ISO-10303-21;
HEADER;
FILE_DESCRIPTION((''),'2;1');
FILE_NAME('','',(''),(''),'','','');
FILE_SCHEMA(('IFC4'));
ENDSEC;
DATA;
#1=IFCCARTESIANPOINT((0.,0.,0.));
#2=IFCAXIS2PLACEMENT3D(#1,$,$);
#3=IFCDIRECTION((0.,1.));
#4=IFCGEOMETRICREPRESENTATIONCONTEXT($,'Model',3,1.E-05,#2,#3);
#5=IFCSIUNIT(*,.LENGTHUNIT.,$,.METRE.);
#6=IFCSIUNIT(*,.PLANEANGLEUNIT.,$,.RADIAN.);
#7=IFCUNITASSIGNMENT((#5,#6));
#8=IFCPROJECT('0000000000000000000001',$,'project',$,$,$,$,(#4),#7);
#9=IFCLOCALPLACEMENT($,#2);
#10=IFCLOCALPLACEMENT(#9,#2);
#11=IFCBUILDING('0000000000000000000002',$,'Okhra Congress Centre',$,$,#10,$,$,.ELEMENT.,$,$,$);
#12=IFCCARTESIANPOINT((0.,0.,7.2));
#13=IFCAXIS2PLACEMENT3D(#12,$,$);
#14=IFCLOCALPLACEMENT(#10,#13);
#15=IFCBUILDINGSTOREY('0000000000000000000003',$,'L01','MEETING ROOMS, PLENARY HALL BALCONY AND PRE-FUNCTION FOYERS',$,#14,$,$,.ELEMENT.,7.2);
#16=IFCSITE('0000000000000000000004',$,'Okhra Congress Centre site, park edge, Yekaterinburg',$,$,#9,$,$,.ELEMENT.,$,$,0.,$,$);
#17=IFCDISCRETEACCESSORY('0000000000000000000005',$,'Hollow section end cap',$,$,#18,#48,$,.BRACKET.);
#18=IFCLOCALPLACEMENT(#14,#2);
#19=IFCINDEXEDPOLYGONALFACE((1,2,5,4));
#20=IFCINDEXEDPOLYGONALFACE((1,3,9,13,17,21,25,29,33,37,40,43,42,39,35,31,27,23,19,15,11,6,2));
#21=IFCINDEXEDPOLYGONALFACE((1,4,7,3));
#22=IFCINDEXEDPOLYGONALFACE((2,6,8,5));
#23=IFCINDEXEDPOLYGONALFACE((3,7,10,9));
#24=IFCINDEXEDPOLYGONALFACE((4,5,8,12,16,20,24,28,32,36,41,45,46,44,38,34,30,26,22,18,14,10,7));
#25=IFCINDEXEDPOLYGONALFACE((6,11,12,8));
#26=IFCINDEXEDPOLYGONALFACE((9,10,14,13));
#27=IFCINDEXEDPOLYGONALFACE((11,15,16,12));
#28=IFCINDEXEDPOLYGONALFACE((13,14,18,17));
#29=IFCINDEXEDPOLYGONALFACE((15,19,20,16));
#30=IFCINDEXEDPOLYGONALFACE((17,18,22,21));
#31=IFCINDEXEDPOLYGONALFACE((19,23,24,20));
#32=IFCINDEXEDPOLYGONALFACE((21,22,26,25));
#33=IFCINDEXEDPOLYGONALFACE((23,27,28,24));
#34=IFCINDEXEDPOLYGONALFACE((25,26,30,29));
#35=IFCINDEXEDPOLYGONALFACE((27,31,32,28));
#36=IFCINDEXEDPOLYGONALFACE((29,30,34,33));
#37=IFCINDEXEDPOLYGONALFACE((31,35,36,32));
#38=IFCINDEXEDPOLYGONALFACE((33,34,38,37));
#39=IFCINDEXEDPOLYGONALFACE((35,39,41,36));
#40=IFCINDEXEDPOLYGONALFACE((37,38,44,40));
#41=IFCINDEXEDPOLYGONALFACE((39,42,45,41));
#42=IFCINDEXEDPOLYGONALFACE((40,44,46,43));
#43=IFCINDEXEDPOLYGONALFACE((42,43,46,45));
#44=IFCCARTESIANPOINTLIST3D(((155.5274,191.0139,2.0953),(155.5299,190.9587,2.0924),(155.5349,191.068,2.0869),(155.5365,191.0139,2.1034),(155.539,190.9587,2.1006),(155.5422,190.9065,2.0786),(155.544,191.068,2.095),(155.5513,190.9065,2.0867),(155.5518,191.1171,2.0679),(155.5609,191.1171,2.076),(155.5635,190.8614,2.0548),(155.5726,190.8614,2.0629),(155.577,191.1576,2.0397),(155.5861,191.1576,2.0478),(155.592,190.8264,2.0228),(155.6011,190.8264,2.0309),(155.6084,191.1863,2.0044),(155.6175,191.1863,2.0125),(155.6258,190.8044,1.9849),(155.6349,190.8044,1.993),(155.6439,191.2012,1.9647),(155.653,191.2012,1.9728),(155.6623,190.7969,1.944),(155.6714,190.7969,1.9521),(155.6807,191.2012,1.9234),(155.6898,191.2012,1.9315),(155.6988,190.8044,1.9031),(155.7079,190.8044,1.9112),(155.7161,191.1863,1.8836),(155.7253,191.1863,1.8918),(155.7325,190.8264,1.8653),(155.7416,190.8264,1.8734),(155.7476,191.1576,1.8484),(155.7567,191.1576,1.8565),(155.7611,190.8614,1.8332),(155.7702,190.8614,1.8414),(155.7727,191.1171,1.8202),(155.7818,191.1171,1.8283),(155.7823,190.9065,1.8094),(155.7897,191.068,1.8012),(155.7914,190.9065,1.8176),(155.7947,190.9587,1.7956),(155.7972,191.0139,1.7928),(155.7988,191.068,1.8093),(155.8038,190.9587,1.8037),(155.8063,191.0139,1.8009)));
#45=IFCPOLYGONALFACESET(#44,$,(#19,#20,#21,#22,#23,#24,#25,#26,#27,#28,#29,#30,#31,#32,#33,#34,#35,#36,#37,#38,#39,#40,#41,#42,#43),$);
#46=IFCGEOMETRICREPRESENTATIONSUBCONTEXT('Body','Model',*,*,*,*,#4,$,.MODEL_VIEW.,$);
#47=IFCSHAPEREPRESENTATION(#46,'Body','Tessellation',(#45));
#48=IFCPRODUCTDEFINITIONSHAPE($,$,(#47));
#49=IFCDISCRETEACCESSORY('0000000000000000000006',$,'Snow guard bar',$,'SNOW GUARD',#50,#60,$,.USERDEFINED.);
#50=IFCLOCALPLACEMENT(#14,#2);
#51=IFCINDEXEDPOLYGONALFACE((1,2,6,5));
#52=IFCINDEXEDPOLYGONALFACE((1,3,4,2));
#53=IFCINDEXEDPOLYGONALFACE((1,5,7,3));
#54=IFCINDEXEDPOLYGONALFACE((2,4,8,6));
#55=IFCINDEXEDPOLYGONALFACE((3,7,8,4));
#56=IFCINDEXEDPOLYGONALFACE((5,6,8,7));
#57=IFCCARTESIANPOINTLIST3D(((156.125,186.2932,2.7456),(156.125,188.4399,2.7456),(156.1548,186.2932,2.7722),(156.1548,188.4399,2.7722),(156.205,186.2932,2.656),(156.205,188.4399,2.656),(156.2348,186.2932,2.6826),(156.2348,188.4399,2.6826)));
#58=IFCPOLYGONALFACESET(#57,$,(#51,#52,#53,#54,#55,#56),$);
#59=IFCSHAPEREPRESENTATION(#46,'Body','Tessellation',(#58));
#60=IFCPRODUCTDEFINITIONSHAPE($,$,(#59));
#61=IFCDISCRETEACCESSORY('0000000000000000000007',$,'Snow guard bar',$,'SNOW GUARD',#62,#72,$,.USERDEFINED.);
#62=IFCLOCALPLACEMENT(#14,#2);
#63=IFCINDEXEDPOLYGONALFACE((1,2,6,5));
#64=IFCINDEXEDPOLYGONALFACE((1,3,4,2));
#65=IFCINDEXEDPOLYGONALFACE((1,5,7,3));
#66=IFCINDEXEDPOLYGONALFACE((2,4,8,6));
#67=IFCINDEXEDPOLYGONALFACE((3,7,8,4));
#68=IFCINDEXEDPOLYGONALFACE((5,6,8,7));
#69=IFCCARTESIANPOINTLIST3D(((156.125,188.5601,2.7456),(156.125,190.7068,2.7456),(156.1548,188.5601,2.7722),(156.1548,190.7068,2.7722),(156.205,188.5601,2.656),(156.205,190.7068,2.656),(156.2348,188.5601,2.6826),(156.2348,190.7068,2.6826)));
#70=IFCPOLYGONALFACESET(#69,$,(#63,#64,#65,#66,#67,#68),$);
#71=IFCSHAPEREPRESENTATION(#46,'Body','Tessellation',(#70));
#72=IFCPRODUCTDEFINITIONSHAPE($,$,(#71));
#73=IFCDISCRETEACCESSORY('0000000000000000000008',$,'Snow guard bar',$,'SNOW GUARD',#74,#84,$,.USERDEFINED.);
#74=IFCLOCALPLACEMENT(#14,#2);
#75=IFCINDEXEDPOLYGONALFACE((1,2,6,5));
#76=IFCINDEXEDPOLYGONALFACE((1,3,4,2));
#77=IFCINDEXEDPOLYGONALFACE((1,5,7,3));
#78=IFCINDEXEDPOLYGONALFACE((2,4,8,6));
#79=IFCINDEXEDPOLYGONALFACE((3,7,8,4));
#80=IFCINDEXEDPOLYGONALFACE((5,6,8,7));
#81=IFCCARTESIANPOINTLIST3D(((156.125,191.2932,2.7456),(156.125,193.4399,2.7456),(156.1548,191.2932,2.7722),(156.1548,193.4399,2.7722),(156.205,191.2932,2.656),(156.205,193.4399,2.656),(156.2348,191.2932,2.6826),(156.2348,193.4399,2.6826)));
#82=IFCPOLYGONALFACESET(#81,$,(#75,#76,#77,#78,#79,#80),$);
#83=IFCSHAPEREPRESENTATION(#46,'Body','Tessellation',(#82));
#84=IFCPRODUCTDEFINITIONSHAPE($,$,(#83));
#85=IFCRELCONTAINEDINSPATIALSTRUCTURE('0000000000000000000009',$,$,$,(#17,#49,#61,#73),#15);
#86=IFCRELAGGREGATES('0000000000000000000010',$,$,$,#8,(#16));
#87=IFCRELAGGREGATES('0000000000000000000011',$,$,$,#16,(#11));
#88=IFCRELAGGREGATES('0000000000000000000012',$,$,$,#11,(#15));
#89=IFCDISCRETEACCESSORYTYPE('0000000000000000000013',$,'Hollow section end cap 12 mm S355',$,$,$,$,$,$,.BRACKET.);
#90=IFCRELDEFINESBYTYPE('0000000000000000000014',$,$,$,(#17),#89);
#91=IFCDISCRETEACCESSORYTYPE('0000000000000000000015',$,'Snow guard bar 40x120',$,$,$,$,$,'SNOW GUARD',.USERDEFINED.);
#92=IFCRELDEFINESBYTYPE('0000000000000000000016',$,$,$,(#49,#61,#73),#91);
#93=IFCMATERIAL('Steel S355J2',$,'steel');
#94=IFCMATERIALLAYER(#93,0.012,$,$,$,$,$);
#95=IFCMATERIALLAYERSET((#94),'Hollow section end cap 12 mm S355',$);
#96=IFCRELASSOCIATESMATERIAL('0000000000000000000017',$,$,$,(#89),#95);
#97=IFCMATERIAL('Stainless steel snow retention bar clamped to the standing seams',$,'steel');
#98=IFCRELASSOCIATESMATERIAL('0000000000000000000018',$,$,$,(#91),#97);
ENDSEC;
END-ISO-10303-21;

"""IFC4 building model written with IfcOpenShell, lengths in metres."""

from ifc_helpers import new_model, si_unit, direction, frame, origin, origin_2d, place, context, subcontext, project, spatial, polyline, circle, outline, extrude, material, layer, layer_set, type_object, element, save


model = new_model("IFC4")

# Units and contexts
model_context = context("Model", 3, precision=1e-05, world=origin(), true_north=direction((0.0, 1.0)))
body_context = subcontext(model_context, "Body", "Model", "MODEL_VIEW")
ifc_project = project(units=[si_unit("LENGTHUNIT", "METRE"), si_unit("PLANEANGLEUNIT", "RADIAN")], contexts=[model_context])

# Site, building, storey
site_placement = place(None, origin())
site = spatial("IfcSite", under=ifc_project, at=site_placement, Name="Okhra Congress Centre site, park edge, Yekaterinburg", CompositionType="ELEMENT", RefElevation=0.0)
building_placement = place(site_placement, origin())
building = spatial("IfcBuilding", under=site, at=building_placement, Name="Okhra Congress Centre", CompositionType="ELEMENT")
storey_placement = place(building_placement, frame((0.0, 0.0, 7.2)))
storey = spatial("IfcBuildingStorey", under=building, at=storey_placement, Name="L01", Description="MEETING ROOMS, PLENARY HALL BALCONY AND PRE-FUNCTION FOYERS", CompositionType="ELEMENT", Elevation=7.2)

# Shared definitions
ifc_material_1 = material(Name="Steel S355J2", Category="steel")

# Discrete accessories
ifc_layer_1 = layer(ifc_material_1, 0.012)
ifc_layer_set_1 = layer_set([ifc_layer_1], Name="Hollow section end cap 12 mm S355")
discrete_accessory_type_1 = type_object("IfcDiscreteAccessoryType", Name="Hollow section end cap 12 mm S355", PredefinedType="BRACKET", material=ifc_layer_set_1)
for number, where, z_axis, x_axis, name in (
    (1, (155.6714, 191.0, 1.9521), (-0.746295, 0.0, -0.665615), (0.0, -1.0, 0.0), "Hollow section end cap"),
):
    element("IfcDiscreteAccessory", number, at=place(storey_placement, frame(where, z_axis=z_axis, x_axis=x_axis)), inside=storey, type_object=discrete_accessory_type_1, Name=name, PredefinedType="BRACKET", context=body_context, shape_type="SweptSolid", body=[
        extrude(circle(Radius=0.2031, at=origin_2d()), origin(), (0.0, 0.0, 1.0), 0.0122),
    ])
ifc_material_2 = material(Name="Stainless steel snow retention bar clamped to the standing seams", Category="steel")
discrete_accessory_type_2 = type_object("IfcDiscreteAccessoryType", Name="Snow guard bar 40x120", ElementType="SNOW GUARD", PredefinedType="USERDEFINED", material=ifc_material_2)
for number, where, z_axis, x_axis, name in (
    (2, (156.125, 186.2932, 2.7456), (-0.666259, 0.0, 0.745721), (0.745721, 0.0, 0.666259), "Snow guard bar"),
    (3, (156.125, 188.5601, 2.7456), (-0.666259, 0.0, 0.745721), (0.745721, 0.0, 0.666259), "Snow guard bar"),
    (4, (156.125, 191.2932, 2.7456), (-0.666259, 0.0, 0.745721), (0.745721, 0.0, 0.666259), "Snow guard bar"),
):
    element("IfcDiscreteAccessory", number, at=place(storey_placement, frame(where, z_axis=z_axis, x_axis=x_axis)), inside=storey, type_object=discrete_accessory_type_2, Name=name, ObjectType="SNOW GUARD", PredefinedType="USERDEFINED", context=body_context, shape_type="SweptSolid", body=[
        extrude(outline(polyline([(0.0, 0.0), (0.0399, 0.0), (0.0399, 2.1467), (0.0, 2.1467), (0.0, 0.0)])), origin(), (0.0, 0.0, -1.0), 0.1201),
    ])

save(model, "model.ifc")
